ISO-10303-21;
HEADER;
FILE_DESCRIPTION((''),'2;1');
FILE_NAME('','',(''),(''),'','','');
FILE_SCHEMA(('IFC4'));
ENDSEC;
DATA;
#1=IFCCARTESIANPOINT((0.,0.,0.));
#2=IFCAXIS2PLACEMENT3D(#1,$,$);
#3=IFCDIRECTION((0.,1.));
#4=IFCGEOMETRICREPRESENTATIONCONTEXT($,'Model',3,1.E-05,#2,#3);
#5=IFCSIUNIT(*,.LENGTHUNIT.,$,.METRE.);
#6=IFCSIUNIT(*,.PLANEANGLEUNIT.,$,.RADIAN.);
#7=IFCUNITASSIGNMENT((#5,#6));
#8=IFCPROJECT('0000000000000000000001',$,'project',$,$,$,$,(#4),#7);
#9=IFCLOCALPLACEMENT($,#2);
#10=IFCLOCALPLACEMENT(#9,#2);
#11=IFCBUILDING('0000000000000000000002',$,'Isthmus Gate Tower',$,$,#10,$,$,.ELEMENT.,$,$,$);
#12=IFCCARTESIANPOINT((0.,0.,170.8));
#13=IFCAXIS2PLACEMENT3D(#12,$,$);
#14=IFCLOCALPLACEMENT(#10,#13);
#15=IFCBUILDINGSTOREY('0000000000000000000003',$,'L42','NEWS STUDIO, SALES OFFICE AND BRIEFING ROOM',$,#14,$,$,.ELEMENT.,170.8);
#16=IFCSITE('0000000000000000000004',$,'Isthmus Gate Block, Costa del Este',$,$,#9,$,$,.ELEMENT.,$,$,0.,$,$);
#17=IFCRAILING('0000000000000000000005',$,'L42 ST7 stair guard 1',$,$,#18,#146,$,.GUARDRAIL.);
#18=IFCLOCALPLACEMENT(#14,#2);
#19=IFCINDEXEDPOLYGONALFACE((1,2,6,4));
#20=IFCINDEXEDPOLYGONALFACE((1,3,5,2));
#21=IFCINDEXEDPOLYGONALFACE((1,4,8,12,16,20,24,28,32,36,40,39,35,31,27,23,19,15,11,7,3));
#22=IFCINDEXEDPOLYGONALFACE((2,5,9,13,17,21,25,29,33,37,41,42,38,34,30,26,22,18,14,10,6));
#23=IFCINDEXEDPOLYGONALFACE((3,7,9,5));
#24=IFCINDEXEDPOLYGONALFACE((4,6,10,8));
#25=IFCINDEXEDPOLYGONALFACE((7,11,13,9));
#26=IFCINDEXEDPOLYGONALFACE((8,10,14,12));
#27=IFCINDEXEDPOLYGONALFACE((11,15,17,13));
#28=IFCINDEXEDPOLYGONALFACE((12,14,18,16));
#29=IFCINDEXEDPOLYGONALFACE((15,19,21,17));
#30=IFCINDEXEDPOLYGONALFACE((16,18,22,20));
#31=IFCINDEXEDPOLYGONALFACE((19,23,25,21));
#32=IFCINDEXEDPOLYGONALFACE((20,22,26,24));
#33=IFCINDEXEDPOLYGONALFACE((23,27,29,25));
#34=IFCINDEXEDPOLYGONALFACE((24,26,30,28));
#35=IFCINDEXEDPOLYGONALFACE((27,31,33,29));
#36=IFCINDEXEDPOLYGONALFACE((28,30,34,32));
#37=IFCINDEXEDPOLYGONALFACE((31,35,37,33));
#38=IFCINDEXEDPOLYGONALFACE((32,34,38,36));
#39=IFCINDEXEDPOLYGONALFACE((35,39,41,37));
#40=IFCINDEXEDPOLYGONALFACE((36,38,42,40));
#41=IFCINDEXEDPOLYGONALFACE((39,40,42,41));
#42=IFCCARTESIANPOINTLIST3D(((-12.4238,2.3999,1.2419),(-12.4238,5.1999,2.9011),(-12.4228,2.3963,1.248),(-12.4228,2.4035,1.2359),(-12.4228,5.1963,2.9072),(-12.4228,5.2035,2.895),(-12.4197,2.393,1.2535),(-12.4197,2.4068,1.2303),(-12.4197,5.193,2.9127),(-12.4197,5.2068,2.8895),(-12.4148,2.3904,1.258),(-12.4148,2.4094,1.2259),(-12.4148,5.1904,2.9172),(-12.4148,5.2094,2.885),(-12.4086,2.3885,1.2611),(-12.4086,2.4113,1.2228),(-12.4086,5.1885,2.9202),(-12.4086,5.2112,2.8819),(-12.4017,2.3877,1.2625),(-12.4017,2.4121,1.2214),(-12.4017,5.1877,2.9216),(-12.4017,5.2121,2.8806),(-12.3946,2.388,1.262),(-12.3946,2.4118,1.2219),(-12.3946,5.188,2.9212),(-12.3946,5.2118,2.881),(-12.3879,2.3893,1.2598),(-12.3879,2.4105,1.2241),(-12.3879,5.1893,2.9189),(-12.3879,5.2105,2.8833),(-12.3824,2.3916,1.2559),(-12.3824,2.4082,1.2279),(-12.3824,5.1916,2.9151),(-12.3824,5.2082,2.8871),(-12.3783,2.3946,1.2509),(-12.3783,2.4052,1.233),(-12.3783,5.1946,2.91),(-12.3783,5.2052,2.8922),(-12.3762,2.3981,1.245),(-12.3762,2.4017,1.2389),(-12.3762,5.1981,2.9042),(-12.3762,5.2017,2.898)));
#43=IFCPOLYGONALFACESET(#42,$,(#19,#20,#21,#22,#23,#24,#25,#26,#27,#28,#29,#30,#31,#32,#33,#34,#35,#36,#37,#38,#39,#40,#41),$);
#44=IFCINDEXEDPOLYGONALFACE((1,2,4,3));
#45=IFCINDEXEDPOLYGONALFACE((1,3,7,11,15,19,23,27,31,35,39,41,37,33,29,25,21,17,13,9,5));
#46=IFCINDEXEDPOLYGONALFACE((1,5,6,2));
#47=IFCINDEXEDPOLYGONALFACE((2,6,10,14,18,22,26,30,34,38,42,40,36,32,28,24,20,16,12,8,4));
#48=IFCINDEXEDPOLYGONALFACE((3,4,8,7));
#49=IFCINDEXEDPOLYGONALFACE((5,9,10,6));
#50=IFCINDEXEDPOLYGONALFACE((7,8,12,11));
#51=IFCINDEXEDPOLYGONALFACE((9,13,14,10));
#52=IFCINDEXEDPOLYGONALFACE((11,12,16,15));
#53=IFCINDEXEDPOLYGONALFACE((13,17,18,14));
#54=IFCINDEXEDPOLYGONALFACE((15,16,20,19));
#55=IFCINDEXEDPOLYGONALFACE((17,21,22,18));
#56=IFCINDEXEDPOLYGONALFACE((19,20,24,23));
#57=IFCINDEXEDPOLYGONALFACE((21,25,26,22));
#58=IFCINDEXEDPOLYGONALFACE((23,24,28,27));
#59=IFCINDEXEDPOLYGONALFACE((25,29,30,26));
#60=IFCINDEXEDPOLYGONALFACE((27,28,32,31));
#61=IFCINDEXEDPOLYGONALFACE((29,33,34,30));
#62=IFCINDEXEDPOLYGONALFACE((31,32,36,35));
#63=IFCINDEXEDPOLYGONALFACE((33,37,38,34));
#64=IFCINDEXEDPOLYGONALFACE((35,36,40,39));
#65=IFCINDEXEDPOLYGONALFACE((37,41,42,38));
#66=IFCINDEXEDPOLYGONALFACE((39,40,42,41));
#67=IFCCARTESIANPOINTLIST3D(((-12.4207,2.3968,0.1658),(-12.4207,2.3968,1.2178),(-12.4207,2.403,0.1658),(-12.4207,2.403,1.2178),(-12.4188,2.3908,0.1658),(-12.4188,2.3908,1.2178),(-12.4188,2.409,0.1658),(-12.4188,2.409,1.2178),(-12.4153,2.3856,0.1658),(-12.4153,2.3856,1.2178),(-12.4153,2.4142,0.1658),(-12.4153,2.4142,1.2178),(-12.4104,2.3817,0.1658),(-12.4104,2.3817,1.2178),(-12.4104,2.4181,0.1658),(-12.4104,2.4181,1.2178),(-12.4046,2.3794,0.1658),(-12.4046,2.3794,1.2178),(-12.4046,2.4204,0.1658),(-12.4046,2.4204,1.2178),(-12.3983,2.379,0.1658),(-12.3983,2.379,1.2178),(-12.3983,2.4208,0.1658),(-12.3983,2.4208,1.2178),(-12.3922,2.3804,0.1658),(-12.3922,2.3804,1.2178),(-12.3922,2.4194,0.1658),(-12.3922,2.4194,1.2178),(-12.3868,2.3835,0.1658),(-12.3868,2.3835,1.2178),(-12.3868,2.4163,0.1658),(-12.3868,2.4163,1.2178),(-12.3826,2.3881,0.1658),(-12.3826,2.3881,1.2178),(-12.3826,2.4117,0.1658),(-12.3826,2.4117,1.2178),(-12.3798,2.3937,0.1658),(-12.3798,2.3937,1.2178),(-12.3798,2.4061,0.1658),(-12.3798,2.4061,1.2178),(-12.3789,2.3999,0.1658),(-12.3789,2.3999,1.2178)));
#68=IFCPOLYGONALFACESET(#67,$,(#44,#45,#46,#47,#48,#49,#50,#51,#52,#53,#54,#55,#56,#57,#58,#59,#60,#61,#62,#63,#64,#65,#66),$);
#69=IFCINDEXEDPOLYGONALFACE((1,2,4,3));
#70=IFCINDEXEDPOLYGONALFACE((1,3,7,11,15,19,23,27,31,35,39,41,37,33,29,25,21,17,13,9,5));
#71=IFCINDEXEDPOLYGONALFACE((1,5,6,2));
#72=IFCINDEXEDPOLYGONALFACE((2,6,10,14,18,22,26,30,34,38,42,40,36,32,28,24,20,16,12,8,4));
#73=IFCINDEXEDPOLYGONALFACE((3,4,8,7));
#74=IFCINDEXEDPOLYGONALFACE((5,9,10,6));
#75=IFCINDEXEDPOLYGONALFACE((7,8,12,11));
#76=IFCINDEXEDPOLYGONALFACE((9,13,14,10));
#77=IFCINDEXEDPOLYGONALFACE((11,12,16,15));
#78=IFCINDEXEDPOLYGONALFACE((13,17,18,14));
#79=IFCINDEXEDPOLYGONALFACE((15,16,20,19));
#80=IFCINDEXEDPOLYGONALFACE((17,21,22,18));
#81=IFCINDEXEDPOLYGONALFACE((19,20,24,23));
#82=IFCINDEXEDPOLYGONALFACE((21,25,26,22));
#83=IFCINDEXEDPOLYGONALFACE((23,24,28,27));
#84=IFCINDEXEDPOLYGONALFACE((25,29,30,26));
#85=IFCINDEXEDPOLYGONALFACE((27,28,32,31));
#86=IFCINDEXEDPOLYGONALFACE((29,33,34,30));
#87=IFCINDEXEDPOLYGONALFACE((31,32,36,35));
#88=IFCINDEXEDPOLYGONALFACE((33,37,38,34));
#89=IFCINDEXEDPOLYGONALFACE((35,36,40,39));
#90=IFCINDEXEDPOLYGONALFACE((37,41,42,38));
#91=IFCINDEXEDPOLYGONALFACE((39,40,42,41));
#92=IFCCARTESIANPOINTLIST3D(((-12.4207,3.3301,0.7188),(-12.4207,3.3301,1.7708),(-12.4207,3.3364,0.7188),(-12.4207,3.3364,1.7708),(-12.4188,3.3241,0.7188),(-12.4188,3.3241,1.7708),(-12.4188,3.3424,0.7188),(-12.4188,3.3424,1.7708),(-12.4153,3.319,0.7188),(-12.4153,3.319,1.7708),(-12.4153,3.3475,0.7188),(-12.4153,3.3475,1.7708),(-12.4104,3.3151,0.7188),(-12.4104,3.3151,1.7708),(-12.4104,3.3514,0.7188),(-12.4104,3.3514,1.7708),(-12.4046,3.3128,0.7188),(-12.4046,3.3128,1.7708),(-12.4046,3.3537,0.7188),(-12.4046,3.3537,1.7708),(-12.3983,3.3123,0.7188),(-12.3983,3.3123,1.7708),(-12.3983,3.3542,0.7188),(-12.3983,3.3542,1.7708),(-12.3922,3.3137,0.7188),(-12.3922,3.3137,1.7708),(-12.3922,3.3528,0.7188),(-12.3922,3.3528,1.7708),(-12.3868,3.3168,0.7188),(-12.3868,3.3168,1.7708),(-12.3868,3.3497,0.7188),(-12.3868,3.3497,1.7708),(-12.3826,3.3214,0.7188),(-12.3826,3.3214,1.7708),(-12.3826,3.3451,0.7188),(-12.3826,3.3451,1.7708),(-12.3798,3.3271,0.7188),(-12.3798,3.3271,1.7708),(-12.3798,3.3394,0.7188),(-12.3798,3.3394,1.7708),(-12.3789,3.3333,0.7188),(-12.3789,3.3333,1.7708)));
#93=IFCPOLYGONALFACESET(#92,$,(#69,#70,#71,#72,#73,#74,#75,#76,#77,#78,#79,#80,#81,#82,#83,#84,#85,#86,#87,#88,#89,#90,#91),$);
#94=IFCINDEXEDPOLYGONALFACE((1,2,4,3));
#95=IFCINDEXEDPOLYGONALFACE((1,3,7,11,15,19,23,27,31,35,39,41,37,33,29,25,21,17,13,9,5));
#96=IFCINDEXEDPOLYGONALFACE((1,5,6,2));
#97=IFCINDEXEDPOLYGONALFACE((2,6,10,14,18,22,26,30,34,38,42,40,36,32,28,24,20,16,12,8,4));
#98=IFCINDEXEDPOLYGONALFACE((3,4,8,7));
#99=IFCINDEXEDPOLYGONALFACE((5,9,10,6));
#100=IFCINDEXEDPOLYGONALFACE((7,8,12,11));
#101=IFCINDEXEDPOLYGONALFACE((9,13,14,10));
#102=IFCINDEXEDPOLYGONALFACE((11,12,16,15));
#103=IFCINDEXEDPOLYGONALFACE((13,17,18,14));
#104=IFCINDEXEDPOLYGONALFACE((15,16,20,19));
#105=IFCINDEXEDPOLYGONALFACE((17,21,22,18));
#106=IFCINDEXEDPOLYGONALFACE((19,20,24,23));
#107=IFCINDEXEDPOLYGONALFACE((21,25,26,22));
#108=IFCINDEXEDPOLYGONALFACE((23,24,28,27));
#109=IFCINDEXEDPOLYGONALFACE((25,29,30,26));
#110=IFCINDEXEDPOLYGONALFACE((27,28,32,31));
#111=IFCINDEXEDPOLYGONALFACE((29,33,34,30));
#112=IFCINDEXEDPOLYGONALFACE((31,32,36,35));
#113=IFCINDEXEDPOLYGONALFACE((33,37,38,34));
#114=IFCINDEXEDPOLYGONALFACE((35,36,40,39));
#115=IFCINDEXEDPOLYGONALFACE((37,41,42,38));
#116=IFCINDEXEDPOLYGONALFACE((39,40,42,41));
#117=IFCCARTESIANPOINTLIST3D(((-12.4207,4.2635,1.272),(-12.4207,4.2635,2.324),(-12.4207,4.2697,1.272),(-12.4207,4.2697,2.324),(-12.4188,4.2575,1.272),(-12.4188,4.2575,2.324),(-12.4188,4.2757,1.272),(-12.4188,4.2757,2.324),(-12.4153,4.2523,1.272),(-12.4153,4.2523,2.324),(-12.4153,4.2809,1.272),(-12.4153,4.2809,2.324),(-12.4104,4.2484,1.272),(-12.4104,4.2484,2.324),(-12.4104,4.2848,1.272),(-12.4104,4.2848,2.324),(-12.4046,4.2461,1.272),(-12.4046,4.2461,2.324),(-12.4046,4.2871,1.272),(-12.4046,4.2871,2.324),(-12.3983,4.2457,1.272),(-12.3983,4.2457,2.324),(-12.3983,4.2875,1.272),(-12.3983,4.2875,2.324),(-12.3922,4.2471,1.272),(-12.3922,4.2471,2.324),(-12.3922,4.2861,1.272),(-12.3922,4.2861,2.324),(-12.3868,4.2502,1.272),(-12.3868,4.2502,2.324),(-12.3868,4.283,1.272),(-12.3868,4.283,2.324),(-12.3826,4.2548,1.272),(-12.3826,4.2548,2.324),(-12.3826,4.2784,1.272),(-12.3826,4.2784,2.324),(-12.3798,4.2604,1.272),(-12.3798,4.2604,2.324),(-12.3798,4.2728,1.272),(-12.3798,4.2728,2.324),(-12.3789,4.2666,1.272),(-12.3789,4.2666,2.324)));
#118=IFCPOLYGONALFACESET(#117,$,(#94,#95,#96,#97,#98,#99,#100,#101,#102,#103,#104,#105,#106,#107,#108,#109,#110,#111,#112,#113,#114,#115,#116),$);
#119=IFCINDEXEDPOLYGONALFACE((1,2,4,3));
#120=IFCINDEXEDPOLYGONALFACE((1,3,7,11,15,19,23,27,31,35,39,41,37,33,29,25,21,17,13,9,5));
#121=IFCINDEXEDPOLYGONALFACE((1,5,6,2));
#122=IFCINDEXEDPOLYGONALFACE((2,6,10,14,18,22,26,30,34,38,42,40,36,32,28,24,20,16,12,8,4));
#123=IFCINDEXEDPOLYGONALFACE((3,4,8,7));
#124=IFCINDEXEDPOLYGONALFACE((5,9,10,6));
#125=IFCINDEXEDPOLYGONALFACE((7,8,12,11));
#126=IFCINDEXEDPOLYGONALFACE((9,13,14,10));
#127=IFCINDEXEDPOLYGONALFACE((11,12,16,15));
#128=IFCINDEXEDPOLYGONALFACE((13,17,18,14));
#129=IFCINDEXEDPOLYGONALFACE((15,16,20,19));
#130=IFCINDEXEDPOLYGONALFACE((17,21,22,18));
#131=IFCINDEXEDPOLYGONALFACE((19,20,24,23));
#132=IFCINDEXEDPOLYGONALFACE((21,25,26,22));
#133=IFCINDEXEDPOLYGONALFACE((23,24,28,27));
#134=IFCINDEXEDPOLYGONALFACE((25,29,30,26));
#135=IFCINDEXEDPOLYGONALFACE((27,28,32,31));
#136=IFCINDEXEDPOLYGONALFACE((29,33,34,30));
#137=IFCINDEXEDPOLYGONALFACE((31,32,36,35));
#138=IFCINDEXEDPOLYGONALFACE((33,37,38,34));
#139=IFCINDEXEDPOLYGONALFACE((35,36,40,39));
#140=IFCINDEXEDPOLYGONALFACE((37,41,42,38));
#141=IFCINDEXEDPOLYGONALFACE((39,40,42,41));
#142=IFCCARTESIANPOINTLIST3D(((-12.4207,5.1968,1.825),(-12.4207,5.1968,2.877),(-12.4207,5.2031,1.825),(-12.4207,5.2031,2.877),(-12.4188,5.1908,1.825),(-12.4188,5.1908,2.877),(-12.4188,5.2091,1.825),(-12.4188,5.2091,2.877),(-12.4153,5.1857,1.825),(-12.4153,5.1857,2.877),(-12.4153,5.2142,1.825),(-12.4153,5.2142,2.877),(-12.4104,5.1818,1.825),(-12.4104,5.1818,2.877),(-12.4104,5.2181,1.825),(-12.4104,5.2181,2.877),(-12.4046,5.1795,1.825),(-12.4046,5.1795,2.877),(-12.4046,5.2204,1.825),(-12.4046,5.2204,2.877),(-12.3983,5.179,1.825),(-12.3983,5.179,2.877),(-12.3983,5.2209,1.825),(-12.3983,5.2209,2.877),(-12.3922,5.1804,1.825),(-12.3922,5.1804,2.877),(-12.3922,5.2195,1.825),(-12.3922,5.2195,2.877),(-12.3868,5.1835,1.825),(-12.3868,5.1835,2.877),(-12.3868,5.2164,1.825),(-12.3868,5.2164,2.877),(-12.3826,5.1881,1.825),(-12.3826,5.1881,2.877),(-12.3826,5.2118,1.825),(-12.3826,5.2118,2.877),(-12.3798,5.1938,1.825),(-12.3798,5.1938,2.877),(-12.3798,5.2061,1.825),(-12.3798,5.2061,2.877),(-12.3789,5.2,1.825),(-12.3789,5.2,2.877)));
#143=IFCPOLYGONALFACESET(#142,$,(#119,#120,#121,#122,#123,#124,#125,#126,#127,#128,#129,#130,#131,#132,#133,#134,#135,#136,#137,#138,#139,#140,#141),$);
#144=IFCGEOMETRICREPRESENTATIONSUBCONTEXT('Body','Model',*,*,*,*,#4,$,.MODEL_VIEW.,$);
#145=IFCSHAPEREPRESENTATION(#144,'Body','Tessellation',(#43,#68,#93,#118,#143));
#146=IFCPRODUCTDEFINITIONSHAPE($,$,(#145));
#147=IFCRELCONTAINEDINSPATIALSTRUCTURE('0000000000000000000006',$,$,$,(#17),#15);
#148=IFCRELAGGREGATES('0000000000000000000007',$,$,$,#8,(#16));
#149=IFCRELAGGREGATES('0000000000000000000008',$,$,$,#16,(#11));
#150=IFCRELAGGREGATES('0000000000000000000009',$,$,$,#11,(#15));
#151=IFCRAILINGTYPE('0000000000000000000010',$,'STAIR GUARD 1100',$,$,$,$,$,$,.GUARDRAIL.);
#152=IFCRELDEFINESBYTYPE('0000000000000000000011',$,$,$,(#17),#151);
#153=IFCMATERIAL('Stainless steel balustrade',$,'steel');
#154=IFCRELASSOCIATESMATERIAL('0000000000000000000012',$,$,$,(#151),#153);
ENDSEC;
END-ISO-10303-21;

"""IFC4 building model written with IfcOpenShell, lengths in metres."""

from ifc_helpers import new_model, si_unit, direction, frame, origin, origin_2d, place, context, subcontext, project, spatial, circle, extrude, material, type_object, element, save


model = new_model("IFC4")

# Units and contexts
model_context = context("Model", 3, precision=1e-05, world=origin(), true_north=direction((0.0, 1.0)))
body_context = subcontext(model_context, "Body", "Model", "MODEL_VIEW")
ifc_project = project(units=[si_unit("LENGTHUNIT", "METRE"), si_unit("PLANEANGLEUNIT", "RADIAN")], contexts=[model_context])

# Site, building, storey
site_placement = place(None, origin())
site = spatial("IfcSite", under=ifc_project, at=site_placement, Name="Isthmus Gate Block, Costa del Este", CompositionType="ELEMENT", RefElevation=0.0)
building_placement = place(site_placement, origin())
building = spatial("IfcBuilding", under=site, at=building_placement, Name="Isthmus Gate Tower", CompositionType="ELEMENT")
storey_placement = place(building_placement, frame((0.0, 0.0, 170.8)))
storey = spatial("IfcBuildingStorey", under=building, at=storey_placement, Name="L42", Description="NEWS STUDIO, SALES OFFICE AND BRIEFING ROOM", CompositionType="ELEMENT", Elevation=170.8)

# Railing
ifc_material_1 = material(Name="Stainless steel balustrade", Category="steel")
railing_type_1 = type_object("IfcRailingType", Name="STAIR GUARD 1100", PredefinedType="GUARDRAIL", material=ifc_material_1)
railing_1_placement = place(storey_placement, frame((-12.3999, 2.3999, 0.1658)))
element("IfcRailing", 1, at=railing_1_placement, inside=storey, type_object=railing_type_1, Name="L42 ST7 stair guard 1", PredefinedType="GUARDRAIL", context=body_context, shape_type="SweptSolid", body=[
    extrude(circle(Radius=0.0239, at=origin_2d()), frame((0.0, 0.0, 1.0762), z_axis=(0.0, 0.860306, 0.509778), x_axis=(-1.0, 0.0, 0.0)), (0.0, 0.0, 1.0), 3.2546),
    extrude(circle(Radius=0.021, at=origin_2d()), origin(), (0.0, 0.0, 1.0), 1.052),
    extrude(circle(Radius=0.021, at=origin_2d()), frame((0.0, 0.9333, 0.553)), (0.0, 0.0, 1.0), 1.052),
    extrude(circle(Radius=0.021, at=origin_2d()), frame((0.0, 1.8667, 1.1062)), (0.0, 0.0, 1.0), 1.052),
    extrude(circle(Radius=0.021, at=origin_2d()), frame((0.0, 2.8, 1.6592)), (0.0, 0.0, 1.0), 1.052),
])

save(model, "model.ifc")
